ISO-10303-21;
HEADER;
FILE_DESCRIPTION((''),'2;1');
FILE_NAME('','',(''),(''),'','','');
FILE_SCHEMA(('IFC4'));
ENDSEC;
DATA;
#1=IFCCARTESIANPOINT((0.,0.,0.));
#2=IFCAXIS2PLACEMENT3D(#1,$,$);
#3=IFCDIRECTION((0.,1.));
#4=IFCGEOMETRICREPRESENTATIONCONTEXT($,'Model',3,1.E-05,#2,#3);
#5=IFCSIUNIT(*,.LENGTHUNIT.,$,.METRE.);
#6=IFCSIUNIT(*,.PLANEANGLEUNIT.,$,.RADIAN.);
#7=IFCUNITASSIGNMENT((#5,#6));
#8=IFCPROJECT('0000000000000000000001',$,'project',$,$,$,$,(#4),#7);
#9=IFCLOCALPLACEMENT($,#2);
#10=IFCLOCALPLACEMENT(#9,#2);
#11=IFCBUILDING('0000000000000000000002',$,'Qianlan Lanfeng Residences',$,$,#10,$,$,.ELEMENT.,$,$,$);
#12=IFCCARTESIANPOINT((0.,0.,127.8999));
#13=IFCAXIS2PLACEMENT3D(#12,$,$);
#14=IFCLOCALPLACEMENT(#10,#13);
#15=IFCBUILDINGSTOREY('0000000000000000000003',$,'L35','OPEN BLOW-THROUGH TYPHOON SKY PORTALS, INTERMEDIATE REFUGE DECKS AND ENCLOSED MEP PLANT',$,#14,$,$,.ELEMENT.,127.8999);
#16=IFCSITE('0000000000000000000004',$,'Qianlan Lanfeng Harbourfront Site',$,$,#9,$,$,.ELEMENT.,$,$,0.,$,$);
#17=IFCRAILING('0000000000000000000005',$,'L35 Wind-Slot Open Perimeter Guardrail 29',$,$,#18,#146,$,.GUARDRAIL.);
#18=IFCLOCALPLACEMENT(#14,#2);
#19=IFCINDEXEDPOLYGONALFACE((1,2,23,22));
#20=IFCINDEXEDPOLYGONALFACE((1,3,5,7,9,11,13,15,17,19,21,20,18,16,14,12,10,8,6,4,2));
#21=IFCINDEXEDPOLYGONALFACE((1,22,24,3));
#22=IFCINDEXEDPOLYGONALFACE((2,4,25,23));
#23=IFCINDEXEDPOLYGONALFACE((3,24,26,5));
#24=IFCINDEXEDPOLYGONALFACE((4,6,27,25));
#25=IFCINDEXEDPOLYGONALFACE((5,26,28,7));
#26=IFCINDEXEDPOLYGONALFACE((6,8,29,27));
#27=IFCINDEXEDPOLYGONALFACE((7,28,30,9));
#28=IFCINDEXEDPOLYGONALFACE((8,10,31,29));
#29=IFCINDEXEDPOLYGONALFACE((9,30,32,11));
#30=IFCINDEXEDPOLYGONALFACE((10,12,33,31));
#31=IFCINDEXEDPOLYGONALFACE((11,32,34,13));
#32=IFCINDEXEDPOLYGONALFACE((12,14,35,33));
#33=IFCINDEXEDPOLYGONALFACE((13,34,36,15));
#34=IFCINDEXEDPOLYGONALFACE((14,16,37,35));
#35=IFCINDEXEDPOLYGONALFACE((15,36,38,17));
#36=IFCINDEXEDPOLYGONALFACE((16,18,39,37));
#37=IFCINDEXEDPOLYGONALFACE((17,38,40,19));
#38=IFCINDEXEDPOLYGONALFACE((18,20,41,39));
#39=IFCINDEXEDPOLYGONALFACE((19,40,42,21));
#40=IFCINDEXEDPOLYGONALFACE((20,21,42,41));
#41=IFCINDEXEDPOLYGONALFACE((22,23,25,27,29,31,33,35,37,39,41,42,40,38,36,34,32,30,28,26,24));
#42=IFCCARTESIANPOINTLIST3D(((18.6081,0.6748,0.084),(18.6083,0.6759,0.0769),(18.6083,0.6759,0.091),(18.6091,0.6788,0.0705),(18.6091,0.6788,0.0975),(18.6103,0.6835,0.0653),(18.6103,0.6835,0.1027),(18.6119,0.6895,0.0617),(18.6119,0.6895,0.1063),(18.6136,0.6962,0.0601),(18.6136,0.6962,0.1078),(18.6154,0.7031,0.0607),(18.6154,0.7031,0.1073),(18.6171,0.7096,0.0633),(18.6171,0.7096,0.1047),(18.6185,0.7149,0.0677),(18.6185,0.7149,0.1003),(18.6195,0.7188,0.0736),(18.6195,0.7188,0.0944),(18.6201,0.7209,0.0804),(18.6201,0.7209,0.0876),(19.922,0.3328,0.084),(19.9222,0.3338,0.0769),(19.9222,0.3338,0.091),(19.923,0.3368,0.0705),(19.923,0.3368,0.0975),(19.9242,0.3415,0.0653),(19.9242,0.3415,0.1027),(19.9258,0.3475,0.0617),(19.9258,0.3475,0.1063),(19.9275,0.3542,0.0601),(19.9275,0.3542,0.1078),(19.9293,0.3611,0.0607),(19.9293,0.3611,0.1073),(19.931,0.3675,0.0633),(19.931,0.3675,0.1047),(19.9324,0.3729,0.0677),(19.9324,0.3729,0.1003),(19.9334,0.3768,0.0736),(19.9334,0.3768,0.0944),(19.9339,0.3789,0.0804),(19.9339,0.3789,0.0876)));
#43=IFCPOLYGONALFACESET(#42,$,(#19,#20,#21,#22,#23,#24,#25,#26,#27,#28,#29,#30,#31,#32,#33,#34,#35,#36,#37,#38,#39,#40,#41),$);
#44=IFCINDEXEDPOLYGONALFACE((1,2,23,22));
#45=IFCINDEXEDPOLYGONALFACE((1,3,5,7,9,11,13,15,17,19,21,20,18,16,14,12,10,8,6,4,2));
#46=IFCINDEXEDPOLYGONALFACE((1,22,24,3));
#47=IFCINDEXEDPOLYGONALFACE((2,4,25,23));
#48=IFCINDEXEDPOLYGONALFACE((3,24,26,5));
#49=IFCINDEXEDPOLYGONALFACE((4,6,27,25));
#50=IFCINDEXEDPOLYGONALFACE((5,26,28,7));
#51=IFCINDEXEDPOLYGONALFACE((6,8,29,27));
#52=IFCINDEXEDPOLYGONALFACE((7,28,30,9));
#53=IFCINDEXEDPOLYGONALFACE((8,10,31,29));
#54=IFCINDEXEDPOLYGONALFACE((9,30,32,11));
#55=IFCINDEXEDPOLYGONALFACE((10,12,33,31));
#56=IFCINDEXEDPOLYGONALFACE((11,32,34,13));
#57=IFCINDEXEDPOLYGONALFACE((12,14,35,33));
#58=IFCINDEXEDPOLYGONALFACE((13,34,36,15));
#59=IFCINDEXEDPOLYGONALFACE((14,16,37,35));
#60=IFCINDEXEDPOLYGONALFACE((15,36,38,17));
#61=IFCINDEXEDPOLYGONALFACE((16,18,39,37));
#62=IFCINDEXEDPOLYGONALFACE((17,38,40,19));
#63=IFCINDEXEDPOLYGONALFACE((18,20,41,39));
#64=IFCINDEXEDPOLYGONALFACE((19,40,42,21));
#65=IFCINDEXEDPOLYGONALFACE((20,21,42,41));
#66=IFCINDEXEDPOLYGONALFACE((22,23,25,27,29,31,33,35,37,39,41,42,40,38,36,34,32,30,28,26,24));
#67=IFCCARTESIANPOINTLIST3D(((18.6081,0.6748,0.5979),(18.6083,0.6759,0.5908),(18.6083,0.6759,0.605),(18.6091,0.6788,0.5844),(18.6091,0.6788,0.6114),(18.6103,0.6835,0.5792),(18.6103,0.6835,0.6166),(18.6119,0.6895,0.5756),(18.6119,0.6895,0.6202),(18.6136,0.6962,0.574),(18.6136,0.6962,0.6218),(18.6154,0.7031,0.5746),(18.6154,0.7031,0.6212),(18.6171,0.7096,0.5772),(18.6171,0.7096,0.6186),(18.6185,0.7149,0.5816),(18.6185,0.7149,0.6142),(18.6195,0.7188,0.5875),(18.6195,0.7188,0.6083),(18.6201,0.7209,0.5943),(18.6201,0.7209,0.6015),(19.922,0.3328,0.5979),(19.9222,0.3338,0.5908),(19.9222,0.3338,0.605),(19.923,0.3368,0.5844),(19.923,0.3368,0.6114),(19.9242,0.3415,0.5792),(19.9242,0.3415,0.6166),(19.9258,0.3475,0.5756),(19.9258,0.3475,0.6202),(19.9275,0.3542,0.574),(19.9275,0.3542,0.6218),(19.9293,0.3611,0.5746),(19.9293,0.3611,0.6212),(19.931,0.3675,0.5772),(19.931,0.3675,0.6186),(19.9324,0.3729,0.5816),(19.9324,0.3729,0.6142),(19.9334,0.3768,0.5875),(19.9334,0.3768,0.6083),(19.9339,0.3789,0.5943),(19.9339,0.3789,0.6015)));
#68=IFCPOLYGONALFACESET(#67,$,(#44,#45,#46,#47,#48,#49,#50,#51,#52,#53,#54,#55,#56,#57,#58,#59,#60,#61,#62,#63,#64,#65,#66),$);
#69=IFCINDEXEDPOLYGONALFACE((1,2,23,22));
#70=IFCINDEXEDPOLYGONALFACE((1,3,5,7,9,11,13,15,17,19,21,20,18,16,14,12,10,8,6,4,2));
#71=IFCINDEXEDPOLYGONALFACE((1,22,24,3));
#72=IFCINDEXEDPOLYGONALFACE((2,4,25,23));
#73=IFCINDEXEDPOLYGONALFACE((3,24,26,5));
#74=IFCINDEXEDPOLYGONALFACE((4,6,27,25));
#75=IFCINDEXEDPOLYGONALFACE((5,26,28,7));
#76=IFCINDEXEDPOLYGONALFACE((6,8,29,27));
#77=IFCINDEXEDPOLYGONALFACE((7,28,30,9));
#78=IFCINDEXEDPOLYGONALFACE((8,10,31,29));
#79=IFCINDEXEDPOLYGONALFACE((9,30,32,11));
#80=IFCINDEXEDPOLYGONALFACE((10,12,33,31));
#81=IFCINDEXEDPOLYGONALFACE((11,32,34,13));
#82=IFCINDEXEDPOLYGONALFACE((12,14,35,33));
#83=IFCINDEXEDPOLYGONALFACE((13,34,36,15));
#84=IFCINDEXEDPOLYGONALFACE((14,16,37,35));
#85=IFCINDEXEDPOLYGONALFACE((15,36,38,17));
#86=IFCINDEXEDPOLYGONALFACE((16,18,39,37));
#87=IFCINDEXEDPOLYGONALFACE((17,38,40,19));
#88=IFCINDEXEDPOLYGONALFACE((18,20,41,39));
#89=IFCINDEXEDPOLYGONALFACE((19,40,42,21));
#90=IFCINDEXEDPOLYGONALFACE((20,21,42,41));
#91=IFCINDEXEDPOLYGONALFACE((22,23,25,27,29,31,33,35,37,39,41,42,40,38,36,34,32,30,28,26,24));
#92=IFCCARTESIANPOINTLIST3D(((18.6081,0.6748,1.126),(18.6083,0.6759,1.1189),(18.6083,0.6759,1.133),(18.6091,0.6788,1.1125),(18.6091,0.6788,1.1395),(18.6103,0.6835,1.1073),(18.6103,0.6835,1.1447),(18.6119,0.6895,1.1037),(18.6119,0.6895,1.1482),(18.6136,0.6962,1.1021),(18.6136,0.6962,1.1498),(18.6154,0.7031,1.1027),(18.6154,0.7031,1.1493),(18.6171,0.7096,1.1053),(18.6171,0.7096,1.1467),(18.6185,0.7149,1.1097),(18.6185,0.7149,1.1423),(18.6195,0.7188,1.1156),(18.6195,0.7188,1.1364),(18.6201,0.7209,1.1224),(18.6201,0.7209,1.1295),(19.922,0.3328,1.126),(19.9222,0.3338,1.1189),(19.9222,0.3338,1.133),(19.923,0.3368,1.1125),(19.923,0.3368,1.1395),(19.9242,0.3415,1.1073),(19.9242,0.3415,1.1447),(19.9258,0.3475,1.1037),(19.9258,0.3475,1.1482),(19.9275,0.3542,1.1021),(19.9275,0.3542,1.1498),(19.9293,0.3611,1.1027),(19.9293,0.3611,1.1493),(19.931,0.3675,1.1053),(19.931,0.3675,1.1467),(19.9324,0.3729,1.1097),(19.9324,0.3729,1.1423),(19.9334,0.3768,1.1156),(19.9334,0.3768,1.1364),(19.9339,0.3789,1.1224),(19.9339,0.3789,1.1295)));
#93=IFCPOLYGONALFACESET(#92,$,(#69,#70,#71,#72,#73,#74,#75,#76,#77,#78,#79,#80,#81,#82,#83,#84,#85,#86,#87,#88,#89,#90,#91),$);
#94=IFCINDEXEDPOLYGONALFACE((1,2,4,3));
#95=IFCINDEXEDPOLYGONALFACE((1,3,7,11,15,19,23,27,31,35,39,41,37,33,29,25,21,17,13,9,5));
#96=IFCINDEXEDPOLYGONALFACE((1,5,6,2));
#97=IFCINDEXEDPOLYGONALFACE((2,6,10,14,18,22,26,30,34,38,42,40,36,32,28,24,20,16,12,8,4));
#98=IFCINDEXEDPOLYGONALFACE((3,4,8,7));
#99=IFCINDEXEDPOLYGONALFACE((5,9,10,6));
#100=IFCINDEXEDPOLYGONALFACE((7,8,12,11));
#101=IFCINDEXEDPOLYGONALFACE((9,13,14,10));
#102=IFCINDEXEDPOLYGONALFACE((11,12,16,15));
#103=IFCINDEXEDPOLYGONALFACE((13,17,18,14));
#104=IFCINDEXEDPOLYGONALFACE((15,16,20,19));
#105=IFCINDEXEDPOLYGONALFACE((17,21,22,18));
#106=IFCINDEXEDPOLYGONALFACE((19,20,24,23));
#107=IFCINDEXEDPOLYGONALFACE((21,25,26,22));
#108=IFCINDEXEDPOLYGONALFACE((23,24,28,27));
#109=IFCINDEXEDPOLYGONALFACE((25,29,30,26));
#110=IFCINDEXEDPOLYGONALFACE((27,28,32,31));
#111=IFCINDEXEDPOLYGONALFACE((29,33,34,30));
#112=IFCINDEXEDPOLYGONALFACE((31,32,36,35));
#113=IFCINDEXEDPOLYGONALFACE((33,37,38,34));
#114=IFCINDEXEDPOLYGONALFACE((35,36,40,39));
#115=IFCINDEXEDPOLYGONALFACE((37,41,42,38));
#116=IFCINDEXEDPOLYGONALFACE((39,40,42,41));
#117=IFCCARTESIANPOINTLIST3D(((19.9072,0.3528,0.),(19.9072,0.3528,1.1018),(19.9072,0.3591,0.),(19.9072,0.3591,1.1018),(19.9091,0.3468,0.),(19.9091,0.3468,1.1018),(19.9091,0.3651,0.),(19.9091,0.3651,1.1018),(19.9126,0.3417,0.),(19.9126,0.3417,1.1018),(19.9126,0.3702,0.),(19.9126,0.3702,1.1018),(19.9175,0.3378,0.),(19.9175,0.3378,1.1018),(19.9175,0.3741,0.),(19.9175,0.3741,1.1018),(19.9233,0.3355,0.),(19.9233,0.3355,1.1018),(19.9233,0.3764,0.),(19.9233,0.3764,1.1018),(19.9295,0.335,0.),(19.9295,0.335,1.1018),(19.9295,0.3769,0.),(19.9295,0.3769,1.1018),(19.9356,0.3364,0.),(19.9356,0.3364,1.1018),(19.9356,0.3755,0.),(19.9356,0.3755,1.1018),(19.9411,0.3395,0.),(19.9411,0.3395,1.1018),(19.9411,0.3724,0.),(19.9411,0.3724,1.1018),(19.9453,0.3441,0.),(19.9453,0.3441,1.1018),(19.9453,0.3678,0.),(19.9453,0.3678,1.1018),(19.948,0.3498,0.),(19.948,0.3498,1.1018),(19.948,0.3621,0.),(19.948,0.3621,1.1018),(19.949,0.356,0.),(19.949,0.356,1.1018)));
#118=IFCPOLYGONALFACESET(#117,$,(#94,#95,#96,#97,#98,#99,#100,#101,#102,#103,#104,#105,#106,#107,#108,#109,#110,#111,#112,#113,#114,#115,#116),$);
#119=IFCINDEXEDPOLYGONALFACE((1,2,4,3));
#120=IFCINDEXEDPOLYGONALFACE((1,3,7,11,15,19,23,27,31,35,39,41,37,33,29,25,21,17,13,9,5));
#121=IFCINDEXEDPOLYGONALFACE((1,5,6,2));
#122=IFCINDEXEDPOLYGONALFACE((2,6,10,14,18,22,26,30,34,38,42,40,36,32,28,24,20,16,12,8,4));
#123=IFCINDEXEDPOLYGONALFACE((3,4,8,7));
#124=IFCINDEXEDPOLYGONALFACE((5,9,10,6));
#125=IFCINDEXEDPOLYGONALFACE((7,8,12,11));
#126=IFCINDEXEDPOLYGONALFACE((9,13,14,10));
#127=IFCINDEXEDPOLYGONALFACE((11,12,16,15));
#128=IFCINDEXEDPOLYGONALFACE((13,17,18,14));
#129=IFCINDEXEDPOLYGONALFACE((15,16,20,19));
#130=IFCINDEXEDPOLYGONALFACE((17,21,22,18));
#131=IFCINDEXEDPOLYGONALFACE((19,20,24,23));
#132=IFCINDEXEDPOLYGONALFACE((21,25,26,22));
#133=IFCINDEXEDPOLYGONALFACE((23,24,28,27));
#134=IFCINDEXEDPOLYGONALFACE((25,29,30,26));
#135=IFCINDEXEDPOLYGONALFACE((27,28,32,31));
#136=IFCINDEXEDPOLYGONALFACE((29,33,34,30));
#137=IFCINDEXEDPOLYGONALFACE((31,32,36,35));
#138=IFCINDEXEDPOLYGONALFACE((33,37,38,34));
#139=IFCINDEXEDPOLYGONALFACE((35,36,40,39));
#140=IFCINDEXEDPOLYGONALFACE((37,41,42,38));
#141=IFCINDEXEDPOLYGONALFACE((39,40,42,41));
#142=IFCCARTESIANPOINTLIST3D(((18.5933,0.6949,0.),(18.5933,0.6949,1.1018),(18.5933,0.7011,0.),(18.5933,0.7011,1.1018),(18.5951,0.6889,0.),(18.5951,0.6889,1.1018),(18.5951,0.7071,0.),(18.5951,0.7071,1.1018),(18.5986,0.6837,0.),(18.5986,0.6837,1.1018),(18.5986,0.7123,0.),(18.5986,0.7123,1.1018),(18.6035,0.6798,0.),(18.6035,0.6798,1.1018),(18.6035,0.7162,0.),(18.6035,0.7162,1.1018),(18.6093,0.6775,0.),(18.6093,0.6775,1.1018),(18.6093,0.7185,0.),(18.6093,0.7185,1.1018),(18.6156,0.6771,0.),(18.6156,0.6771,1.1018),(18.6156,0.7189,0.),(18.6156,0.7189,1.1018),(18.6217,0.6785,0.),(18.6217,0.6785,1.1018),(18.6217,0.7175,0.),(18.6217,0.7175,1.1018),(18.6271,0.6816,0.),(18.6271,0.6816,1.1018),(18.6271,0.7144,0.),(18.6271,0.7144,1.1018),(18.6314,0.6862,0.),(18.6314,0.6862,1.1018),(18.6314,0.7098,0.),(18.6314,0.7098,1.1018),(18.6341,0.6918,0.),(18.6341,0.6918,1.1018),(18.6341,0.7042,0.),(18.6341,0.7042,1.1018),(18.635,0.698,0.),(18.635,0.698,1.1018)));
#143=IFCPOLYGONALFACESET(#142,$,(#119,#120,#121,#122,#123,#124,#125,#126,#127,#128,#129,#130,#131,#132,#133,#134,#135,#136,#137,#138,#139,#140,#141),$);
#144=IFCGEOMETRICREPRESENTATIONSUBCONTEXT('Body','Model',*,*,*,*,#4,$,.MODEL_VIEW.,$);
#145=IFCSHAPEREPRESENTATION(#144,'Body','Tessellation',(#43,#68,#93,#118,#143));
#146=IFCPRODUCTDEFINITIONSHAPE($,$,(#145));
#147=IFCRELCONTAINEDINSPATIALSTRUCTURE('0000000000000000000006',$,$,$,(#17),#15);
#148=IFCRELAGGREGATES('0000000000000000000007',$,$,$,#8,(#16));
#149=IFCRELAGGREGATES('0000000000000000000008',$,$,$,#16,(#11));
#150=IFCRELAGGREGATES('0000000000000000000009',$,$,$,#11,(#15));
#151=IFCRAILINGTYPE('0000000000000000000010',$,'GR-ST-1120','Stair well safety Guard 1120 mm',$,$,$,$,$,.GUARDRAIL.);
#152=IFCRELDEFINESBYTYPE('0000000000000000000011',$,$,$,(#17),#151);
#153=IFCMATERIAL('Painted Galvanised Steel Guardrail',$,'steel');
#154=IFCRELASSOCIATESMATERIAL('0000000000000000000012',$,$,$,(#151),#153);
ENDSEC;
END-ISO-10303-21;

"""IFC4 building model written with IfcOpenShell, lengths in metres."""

from ifc_helpers import new_model, si_unit, direction, frame, origin, origin_2d, place, context, subcontext, project, spatial, circle, extrude, material, type_object, element, save


model = new_model("IFC4")

# Units and contexts
model_context = context("Model", 3, precision=1e-05, world=origin(), true_north=direction((0.0, 1.0)))
body_context = subcontext(model_context, "Body", "Model", "MODEL_VIEW")
ifc_project = project(units=[si_unit("LENGTHUNIT", "METRE"), si_unit("PLANEANGLEUNIT", "RADIAN")], contexts=[model_context])

# Site, building, storey
site_placement = place(None, origin())
site = spatial("IfcSite", under=ifc_project, at=site_placement, Name="Qianlan Lanfeng Harbourfront Site", CompositionType="ELEMENT", RefElevation=0.0)
building_placement = place(site_placement, origin())
building = spatial("IfcBuilding", under=site, at=building_placement, Name="Qianlan Lanfeng Residences", CompositionType="ELEMENT")
storey_placement = place(building_placement, frame((0.0, 0.0, 127.8999)))
storey = spatial("IfcBuildingStorey", under=building, at=storey_placement, Name="L35", Description="OPEN BLOW-THROUGH TYPHOON SKY PORTALS, INTERMEDIATE REFUGE DECKS AND ENCLOSED MEP PLANT", CompositionType="ELEMENT", Elevation=127.8999)

# Railing
ifc_material_1 = material(Name="Painted Galvanised Steel Guardrail", Category="steel")
railing_type = type_object("IfcRailingType", Name="GR-ST-1120", Description="Stair well safety Guard 1120 mm", PredefinedType="GUARDRAIL", material=ifc_material_1)
railing_1_placement = place(storey_placement, frame((19.928, 0.356, 0.0)))
element("IfcRailing", 1, at=railing_1_placement, inside=storey, type_object=railing_type, Name="L35 Wind-Slot Open Perimeter Guardrail 29", PredefinedType="GUARDRAIL", context=body_context, shape_type="SweptSolid", body=[
    extrude(circle(Radius=0.0239, at=origin_2d()), frame((0.0, 0.0, 0.084), z_axis=(-0.967749, 0.251917, 0.0), x_axis=(-0.251917, -0.967749, 0.0)), (0.0, 0.0, 1.0), 1.3577),
    extrude(circle(Radius=0.0239, at=origin_2d()), frame((0.0, 0.0, 0.5979), z_axis=(-0.967749, 0.251917, 0.0), x_axis=(-0.251917, -0.967749, 0.0)), (0.0, 0.0, 1.0), 1.3577),
    extrude(circle(Radius=0.0239, at=origin_2d()), frame((0.0, 0.0, 1.126), z_axis=(-0.967749, 0.251917, 0.0), x_axis=(-0.251917, -0.967749, 0.0)), (0.0, 0.0, 1.0), 1.3577),
    extrude(circle(Radius=0.021, at=origin_2d()), origin(), (0.0, 0.0, 1.0), 1.1018),
    extrude(circle(Radius=0.021, at=origin_2d()), frame((-1.314, 0.342, 0.0)), (0.0, 0.0, 1.0), 1.1018),
])

save(model, "model.ifc")
